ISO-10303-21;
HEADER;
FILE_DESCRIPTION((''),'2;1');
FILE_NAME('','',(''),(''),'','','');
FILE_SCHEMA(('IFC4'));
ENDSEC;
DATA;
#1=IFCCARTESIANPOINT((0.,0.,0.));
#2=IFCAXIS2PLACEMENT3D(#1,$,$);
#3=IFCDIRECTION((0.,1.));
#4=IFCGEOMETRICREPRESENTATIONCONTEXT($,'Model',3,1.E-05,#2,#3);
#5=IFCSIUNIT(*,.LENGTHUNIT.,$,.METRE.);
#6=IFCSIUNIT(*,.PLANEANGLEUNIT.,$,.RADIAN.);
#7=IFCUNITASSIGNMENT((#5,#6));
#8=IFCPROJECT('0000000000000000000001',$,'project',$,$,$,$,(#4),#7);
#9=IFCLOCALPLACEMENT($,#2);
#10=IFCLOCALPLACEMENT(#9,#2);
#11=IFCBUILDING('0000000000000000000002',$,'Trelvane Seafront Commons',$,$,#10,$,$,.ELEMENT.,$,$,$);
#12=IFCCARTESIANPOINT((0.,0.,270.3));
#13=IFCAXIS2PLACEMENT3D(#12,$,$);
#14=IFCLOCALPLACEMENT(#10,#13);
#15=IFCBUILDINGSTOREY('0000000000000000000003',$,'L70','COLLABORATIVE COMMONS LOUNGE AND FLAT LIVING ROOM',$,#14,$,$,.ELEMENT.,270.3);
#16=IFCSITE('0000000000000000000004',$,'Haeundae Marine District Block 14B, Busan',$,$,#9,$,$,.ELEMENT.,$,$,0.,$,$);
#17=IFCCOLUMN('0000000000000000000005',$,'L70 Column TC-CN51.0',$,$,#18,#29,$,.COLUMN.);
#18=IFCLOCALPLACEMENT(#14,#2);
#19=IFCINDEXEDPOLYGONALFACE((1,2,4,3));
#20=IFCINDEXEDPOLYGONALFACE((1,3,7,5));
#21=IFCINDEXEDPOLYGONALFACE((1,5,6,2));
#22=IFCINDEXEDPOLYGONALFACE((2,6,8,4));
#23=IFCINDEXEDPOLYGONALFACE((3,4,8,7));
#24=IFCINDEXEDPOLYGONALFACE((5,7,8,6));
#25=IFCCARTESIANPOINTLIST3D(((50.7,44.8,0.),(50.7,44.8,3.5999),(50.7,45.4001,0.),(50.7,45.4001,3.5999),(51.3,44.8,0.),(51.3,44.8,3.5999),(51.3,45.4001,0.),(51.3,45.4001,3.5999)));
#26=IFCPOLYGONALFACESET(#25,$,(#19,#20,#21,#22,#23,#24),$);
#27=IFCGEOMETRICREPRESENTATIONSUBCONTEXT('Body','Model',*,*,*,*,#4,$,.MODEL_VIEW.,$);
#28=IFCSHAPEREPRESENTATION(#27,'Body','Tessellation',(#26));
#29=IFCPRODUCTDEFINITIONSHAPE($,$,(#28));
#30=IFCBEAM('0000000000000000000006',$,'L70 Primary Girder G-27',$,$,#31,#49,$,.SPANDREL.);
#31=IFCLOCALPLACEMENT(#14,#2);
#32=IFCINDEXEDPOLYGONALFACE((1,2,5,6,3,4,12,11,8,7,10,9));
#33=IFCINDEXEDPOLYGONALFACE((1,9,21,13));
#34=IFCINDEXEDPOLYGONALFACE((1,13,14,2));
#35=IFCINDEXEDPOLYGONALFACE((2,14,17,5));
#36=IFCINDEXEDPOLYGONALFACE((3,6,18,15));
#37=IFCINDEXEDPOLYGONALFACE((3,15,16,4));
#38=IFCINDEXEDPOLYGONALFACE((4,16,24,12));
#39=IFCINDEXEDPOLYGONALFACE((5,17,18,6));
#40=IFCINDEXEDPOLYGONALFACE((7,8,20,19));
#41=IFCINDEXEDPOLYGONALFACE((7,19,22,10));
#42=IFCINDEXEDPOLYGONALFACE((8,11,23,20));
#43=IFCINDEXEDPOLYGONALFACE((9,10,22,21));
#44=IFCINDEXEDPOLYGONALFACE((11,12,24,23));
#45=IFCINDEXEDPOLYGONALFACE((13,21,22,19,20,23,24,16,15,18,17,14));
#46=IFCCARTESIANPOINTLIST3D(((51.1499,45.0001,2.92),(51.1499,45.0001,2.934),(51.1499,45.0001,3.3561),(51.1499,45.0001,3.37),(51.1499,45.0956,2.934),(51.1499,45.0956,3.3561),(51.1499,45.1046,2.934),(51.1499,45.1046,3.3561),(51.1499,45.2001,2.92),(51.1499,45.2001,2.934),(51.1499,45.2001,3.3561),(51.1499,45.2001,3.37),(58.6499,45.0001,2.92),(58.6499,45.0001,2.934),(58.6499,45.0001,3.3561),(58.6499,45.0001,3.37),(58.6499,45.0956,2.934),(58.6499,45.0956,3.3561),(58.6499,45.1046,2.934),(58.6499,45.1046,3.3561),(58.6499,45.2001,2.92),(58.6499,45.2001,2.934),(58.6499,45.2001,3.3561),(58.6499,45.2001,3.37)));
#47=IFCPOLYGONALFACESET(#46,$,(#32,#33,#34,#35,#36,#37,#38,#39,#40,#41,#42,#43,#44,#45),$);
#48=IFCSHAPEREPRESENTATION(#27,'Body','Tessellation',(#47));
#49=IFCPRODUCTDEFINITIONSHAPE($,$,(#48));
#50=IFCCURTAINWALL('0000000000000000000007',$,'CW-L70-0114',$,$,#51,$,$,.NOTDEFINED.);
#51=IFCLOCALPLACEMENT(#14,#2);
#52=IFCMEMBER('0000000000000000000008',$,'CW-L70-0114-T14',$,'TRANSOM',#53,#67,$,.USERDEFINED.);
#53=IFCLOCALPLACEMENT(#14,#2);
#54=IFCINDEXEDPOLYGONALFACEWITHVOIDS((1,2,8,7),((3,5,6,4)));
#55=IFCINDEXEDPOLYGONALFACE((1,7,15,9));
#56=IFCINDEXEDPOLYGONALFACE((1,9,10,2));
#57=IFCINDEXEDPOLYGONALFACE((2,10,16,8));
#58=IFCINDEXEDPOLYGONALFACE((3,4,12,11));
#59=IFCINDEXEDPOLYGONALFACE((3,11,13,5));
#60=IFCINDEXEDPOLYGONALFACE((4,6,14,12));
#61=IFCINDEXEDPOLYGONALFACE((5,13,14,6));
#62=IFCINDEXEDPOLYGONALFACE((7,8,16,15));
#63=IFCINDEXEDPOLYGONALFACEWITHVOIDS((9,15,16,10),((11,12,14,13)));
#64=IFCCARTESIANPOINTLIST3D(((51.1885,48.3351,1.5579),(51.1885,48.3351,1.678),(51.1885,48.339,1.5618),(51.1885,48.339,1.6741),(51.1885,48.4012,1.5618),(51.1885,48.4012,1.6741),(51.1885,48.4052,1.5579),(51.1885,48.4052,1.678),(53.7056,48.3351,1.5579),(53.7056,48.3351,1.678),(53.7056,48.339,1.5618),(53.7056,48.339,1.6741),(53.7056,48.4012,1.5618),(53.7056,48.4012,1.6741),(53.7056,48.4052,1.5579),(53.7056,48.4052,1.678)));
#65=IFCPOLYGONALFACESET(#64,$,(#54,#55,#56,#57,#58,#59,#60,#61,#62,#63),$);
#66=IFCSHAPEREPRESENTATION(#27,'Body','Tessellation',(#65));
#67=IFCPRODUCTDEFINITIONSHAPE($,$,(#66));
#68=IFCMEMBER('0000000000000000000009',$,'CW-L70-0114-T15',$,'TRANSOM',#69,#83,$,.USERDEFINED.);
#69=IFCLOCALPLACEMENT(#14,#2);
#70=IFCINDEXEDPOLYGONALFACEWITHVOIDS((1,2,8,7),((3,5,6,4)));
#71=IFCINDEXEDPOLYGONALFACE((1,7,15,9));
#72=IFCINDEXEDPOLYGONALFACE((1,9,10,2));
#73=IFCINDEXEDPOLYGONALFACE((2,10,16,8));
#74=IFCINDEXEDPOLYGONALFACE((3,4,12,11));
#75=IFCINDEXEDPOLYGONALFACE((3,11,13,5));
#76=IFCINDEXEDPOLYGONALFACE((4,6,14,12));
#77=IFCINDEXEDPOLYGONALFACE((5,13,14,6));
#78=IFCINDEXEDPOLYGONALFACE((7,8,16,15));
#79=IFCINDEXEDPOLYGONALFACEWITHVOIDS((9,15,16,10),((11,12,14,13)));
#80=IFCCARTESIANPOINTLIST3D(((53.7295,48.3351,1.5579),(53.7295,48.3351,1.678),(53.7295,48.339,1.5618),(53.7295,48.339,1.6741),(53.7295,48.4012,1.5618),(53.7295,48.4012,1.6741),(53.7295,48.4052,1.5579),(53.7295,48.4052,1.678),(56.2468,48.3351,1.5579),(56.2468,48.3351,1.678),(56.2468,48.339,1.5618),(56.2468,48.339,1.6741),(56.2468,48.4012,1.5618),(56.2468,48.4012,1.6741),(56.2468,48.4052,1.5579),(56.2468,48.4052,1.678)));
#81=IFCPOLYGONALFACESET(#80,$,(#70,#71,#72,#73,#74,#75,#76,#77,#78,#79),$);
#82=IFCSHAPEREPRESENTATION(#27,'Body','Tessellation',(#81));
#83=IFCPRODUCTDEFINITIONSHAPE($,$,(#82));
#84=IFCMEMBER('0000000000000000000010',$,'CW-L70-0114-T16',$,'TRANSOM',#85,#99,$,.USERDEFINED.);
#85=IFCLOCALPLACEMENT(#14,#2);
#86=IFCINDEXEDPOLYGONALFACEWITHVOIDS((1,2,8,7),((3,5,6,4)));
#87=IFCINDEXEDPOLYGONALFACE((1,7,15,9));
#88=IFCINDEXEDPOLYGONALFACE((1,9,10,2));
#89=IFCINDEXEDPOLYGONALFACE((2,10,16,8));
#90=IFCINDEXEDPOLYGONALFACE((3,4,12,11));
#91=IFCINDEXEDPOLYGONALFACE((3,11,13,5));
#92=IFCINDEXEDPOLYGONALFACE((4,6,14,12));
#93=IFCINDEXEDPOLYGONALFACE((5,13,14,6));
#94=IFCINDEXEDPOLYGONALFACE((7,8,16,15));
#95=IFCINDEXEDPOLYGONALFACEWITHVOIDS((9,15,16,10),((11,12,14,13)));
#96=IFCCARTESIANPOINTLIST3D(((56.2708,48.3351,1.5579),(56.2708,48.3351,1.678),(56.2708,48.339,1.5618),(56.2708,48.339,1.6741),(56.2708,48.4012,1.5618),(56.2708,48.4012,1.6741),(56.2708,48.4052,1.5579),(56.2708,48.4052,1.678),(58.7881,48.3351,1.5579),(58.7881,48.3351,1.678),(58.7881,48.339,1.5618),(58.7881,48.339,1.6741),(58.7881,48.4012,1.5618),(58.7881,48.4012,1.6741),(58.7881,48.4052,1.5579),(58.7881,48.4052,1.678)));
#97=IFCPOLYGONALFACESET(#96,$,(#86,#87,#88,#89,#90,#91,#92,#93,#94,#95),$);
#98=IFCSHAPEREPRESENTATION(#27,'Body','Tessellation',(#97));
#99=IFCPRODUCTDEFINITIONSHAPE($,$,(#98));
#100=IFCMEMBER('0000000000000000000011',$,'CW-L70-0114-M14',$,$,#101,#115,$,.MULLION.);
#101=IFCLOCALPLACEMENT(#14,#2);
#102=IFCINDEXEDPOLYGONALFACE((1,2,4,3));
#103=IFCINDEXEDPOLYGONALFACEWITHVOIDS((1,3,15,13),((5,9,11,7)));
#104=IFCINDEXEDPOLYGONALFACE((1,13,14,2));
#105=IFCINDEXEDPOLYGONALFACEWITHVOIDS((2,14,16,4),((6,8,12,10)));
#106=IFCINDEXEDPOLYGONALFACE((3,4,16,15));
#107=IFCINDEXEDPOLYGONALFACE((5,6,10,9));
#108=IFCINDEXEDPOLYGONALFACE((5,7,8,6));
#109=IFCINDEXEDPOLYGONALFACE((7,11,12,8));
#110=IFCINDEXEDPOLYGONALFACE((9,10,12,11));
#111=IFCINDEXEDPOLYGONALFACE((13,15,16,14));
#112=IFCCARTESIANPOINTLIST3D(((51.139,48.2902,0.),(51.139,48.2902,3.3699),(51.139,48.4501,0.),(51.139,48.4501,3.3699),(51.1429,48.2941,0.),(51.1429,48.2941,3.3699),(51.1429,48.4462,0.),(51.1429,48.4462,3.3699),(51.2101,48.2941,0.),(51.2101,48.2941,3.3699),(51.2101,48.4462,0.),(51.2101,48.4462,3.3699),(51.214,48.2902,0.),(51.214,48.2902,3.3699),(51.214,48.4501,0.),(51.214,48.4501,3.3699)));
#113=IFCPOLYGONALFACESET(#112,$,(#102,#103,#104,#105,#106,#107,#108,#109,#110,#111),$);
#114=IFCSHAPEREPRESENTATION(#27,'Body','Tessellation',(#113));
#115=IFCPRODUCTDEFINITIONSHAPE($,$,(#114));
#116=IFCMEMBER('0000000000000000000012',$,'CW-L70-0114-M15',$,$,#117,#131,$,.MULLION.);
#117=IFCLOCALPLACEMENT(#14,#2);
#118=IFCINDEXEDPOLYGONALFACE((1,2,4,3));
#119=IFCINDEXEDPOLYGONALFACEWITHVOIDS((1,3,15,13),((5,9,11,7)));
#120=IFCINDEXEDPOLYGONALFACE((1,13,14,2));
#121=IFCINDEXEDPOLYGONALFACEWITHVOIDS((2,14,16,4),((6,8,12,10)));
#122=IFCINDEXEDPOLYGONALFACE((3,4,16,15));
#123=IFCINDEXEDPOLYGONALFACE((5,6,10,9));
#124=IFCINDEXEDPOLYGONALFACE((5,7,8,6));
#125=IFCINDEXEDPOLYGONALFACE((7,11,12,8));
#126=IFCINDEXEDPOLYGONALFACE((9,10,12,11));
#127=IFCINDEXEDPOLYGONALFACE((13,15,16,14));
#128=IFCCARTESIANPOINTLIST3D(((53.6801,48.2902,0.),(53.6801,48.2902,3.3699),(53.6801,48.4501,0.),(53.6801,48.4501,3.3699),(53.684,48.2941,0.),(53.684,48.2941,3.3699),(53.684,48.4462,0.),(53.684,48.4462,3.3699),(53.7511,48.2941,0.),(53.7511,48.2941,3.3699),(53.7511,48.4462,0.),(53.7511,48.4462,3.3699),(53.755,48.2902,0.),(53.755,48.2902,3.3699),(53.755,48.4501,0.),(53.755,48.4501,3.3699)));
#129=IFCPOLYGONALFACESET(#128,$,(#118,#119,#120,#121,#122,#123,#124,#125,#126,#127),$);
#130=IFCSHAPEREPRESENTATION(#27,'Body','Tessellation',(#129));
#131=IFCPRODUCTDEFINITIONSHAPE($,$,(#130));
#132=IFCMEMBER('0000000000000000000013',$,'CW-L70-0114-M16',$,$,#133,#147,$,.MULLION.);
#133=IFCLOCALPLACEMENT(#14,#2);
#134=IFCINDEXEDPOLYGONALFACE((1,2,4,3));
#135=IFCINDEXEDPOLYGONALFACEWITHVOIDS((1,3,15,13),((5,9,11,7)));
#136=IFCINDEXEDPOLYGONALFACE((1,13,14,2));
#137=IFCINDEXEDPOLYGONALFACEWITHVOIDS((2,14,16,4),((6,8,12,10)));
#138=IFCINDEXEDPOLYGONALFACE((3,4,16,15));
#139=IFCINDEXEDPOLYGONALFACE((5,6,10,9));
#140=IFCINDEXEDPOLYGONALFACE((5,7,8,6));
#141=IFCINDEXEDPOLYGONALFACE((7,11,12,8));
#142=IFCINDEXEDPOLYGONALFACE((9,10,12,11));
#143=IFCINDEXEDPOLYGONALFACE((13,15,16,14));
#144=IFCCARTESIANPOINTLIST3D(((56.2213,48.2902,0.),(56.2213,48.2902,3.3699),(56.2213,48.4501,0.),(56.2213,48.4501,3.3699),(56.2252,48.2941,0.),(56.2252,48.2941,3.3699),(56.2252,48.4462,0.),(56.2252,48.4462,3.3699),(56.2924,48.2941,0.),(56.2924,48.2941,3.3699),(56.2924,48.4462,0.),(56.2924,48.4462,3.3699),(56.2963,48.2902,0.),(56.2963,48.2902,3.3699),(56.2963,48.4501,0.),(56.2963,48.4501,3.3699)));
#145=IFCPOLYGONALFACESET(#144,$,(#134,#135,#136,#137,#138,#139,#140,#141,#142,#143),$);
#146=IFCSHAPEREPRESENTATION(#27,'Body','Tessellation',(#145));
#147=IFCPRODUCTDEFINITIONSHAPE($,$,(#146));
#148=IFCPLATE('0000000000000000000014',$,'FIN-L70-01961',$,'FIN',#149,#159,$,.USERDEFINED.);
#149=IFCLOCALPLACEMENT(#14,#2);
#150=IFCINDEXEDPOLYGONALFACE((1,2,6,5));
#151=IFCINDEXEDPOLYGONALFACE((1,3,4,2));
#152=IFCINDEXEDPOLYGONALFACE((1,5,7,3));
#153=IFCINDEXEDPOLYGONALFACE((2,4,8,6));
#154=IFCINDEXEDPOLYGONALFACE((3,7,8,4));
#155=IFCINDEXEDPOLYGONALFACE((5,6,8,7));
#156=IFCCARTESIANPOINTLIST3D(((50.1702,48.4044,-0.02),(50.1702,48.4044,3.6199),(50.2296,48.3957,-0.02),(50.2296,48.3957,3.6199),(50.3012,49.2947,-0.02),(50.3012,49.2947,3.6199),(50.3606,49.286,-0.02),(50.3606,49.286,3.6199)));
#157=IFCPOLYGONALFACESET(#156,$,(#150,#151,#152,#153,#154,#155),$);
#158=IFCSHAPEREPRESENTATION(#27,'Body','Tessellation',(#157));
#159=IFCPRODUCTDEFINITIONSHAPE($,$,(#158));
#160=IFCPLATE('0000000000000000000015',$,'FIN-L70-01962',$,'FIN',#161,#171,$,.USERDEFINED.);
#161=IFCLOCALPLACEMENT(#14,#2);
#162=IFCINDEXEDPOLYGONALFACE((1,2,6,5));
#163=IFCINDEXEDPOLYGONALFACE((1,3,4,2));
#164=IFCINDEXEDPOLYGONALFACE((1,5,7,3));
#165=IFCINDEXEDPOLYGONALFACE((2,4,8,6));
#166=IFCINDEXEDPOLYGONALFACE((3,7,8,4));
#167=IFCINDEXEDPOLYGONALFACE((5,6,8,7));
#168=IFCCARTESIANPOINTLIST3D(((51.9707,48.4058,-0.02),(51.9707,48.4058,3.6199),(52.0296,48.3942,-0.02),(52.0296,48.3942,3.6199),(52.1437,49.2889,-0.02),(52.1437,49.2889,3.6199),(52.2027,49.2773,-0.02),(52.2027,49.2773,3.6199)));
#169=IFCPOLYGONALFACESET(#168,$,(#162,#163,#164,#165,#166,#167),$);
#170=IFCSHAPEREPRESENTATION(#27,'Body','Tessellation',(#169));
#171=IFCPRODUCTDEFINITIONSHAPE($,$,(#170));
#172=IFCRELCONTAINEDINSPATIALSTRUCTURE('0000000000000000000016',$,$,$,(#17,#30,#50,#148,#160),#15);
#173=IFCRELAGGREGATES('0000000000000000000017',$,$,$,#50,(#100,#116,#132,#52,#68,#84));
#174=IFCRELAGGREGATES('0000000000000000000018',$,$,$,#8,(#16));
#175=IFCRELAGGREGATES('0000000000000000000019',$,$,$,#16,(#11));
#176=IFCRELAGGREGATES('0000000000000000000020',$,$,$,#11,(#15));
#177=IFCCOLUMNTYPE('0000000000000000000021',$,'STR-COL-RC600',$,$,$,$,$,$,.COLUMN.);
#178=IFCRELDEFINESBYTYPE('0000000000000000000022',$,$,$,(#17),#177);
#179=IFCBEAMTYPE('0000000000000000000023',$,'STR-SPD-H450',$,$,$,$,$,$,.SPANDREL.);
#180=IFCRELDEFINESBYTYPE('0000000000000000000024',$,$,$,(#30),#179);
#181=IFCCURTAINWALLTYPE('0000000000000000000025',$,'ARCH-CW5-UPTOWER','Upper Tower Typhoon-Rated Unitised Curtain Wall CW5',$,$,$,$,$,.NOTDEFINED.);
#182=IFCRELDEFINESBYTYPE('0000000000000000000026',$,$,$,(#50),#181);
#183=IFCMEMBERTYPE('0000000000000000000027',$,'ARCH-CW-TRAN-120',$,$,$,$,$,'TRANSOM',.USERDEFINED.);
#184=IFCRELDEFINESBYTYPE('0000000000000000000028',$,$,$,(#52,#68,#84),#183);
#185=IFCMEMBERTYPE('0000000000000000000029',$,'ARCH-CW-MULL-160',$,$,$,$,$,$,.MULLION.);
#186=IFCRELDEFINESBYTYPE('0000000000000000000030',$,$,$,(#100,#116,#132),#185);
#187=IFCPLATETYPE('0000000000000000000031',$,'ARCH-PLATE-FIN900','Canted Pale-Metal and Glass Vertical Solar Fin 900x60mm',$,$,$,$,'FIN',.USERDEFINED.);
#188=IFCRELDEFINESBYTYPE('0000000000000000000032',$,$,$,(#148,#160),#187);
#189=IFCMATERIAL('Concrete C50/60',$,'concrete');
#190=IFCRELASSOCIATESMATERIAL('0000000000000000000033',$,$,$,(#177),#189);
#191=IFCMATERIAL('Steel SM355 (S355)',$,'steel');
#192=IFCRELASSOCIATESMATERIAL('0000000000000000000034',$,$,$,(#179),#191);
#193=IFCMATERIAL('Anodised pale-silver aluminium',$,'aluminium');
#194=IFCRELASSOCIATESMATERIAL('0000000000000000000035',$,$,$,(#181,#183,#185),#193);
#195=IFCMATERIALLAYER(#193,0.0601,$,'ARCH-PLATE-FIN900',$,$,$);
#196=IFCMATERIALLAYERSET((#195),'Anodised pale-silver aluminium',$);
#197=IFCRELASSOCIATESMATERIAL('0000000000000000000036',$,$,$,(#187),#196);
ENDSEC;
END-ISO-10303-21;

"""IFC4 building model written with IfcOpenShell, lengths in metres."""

from ifc_helpers import new_model, si_unit, direction, frame, origin, origin_2d, place, context, subcontext, project, spatial, rectangle, hollow_rectangle, i_section, extrude, source, transform, mapped, material, layer, layer_set, material_profile, profile_set, type_object, element, aggregate, save


model = new_model("IFC4")

# Units and contexts
model_context = context("Model", 3, precision=1e-05, world=origin(), true_north=direction((0.0, 1.0)))
body_context = subcontext(model_context, "Body", "Model", "MODEL_VIEW")
ifc_project = project(units=[si_unit("LENGTHUNIT", "METRE"), si_unit("PLANEANGLEUNIT", "RADIAN")], contexts=[model_context])

# Site, building, storey
site_placement = place(None, origin())
site = spatial("IfcSite", under=ifc_project, at=site_placement, Name="Haeundae Marine District Block 14B, Busan", CompositionType="ELEMENT", RefElevation=0.0)
building_placement = place(site_placement, origin())
building = spatial("IfcBuilding", under=site, at=building_placement, Name="Trelvane Seafront Commons", CompositionType="ELEMENT")
storey_placement = place(building_placement, frame((0.0, 0.0, 270.3)))
storey = spatial("IfcBuildingStorey", under=building, at=storey_placement, Name="L70", Description="COLLABORATIVE COMMONS LOUNGE AND FLAT LIVING ROOM", CompositionType="ELEMENT", Elevation=270.3)

# Column
ifc_material_1 = material(Name="Concrete C50/60", Category="concrete")
ifc_material_profile_1 = material_profile(ifc_material_1, rectangle(XDim=0.6001, YDim=0.6001, at=origin_2d()), Name="RC-600x600")
ifc_profile_set_1 = profile_set([ifc_material_profile_1], Name="Concrete C50/60")
column_type = type_object("IfcColumnType", Name="STR-COL-RC600", PredefinedType="COLUMN", material=ifc_profile_set_1)
shared_shape_1 = source(origin(), body_context, "Body", "SweptSolid", [
    extrude(rectangle(XDim=0.6001, YDim=0.6001, at=origin_2d()), origin(), (0.0, 0.0, 1.0), 3.5999),
])
column_placement = place(storey_placement, frame((51.0, 45.1001, 0.0), z_axis=(0.0, 0.0, 1.0), x_axis=(1.0, 0.0, 0.0)))
element("IfcColumn", 1, at=column_placement, inside=storey, type_object=column_type, Name="L70 Column TC-CN51.0", PredefinedType="COLUMN", context=body_context, shape_type="MappedRepresentation", body=[
    mapped(shared_shape_1, transform((0.0, 0.0, 0.0), x_axis=(1.0, 0.0, 0.0), y_axis=(0.0, 1.0, 0.0), z_axis=(0.0, 0.0, 1.0), scale=1.0)),
])

# Beam
ifc_material_2 = material(Name="Steel SM355 (S355)", Category="steel")
ifc_material_profile_2 = material_profile(ifc_material_2, i_section(OverallWidth=0.2, OverallDepth=0.45, WebThickness=0.009, FlangeThickness=0.0139, at=origin_2d()), Name="H-450x200x9x14")
ifc_profile_set_2 = profile_set([ifc_material_profile_2], Name="Steel SM355 (S355)")
beam_type = type_object("IfcBeamType", Name="STR-SPD-H450", PredefinedType="SPANDREL", material=ifc_profile_set_2)
shared_shape_2 = source(origin(), body_context, "Body", "SweptSolid", [
    extrude(i_section(OverallWidth=0.2, OverallDepth=0.45, WebThickness=0.009, FlangeThickness=0.0139, at=origin_2d()), origin(), (0.0, 0.0, 1.0), 7.5),
])
beam_placement = place(storey_placement, frame((51.1499, 45.1001, 3.145), z_axis=(1.0, 0.0, 0.0), x_axis=(0.0, 1.0, 0.0)))
element("IfcBeam", 2, at=beam_placement, inside=storey, type_object=beam_type, Name="L70 Primary Girder G-27", PredefinedType="SPANDREL", context=body_context, shape_type="MappedRepresentation", body=[
    mapped(shared_shape_2, transform((0.0, 0.0, 0.0), x_axis=(1.0, 0.0, 0.0), y_axis=(0.0, 1.0, 0.0), z_axis=(0.0, 0.0, 1.0), scale=1.0)),
])

# Curtain wall, members
ifc_material_3 = material(Name="Anodised pale-silver aluminium", Category="aluminium")
curtain_wall_type = type_object("IfcCurtainWallType", Name="ARCH-CW5-UPTOWER", Description="Upper Tower Typhoon-Rated Unitised Curtain Wall CW5", PredefinedType="NOTDEFINED", material=ifc_material_3)
curtain_wall_placement = place(storey_placement, origin())
curtain_wall = element("IfcCurtainWall", 3, at=curtain_wall_placement, inside=storey, type_object=curtain_wall_type, Name="CW-L70-0114", PredefinedType="NOTDEFINED")
ifc_material_profile_3 = material_profile(ifc_material_3, hollow_rectangle(XDim=0.0701, YDim=0.1201, WallThickness=0.0039, at=origin_2d()), Name="TRAN-70x120x4")
ifc_profile_set_3 = profile_set([ifc_material_profile_3], Name="Anodised pale-silver aluminium")
member_type_1 = type_object("IfcMemberType", Name="ARCH-CW-TRAN-120", ElementType="TRANSOM", PredefinedType="USERDEFINED", material=ifc_profile_set_3)
shared_shape_3 = source(origin(), body_context, "Body", "SweptSolid", [
    extrude(hollow_rectangle(XDim=0.0701, YDim=0.1201, WallThickness=0.0039, at=origin_2d()), origin(), (0.0, 0.0, 1.0), 2.5171),
])
member_1_placement = place(storey_placement, frame((51.1885, 48.3701, 1.6179), z_axis=(1.0, 0.0, 0.0), x_axis=(0.0, 1.0, 0.0)))
member_1 = element("IfcMember", 4, at=member_1_placement, type_object=member_type_1, Name="CW-L70-0114-T14", ObjectType="TRANSOM", PredefinedType="USERDEFINED", context=body_context, shape_type="MappedRepresentation", body=[
    mapped(shared_shape_3, transform((0.0, 0.0, 0.0), x_axis=(1.0, 0.0, 0.0), y_axis=(0.0, 1.0, 0.0), z_axis=(0.0, 0.0, 1.0), scale=1.0)),
])
shared_shape_4 = source(origin(), body_context, "Body", "SweptSolid", [
    extrude(hollow_rectangle(XDim=0.0701, YDim=0.1201, WallThickness=0.0039, at=origin_2d()), origin(), (0.0, 0.0, 1.0), 2.5173),
])
member_2_placement = place(storey_placement, frame((53.7295, 48.3701, 1.6179), z_axis=(1.0, 0.0, 0.0), x_axis=(0.0, 1.0, 0.0)))
member_2 = element("IfcMember", 5, at=member_2_placement, type_object=member_type_1, Name="CW-L70-0114-T15", ObjectType="TRANSOM", PredefinedType="USERDEFINED", context=body_context, shape_type="MappedRepresentation", body=[
    mapped(shared_shape_4, transform((0.0, 0.0, 0.0), x_axis=(1.0, 0.0, 0.0), y_axis=(0.0, 1.0, 0.0), z_axis=(0.0, 0.0, 1.0), scale=1.0)),
])
member_3_placement = place(storey_placement, frame((56.2708, 48.3701, 1.6179), z_axis=(1.0, 0.0, 0.0), x_axis=(0.0, 1.0, 0.0)))
member_3 = element("IfcMember", 6, at=member_3_placement, type_object=member_type_1, Name="CW-L70-0114-T16", ObjectType="TRANSOM", PredefinedType="USERDEFINED", context=body_context, shape_type="MappedRepresentation", body=[
    mapped(shared_shape_4, transform((0.0, 0.0, 0.0), x_axis=(1.0, 0.0, 0.0), y_axis=(0.0, 1.0, 0.0), z_axis=(0.0, 0.0, 1.0), scale=1.0)),
])
ifc_material_profile_4 = material_profile(ifc_material_3, hollow_rectangle(XDim=0.075, YDim=0.1599, WallThickness=0.0039, at=origin_2d()), Name="MULL-75x160x4")
ifc_profile_set_4 = profile_set([ifc_material_profile_4], Name="Anodised pale-silver aluminium")
member_type_2 = type_object("IfcMemberType", Name="ARCH-CW-MULL-160", PredefinedType="MULLION", material=ifc_profile_set_4)
shared_shape_5 = source(origin(), body_context, "Body", "SweptSolid", [
    extrude(hollow_rectangle(XDim=0.075, YDim=0.1599, WallThickness=0.0039, at=origin_2d()), origin(), (0.0, 0.0, 1.0), 3.3699),
])
member_4_placement = place(storey_placement, frame((51.1765, 48.3701, 0.0), z_axis=(0.0, 0.0, 1.0), x_axis=(1.0, 0.0, 0.0)))
member_4 = element("IfcMember", 7, at=member_4_placement, type_object=member_type_2, Name="CW-L70-0114-M14", PredefinedType="MULLION", context=body_context, shape_type="MappedRepresentation", body=[
    mapped(shared_shape_5, transform((0.0, 0.0, 0.0), x_axis=(1.0, 0.0, 0.0), y_axis=(0.0, 1.0, 0.0), z_axis=(0.0, 0.0, 1.0), scale=1.0)),
])
member_5_placement = place(storey_placement, frame((53.7175, 48.3701, 0.0), z_axis=(0.0, 0.0, 1.0), x_axis=(1.0, 0.0, 0.0)))
member_5 = element("IfcMember", 8, at=member_5_placement, type_object=member_type_2, Name="CW-L70-0114-M15", PredefinedType="MULLION", context=body_context, shape_type="MappedRepresentation", body=[
    mapped(shared_shape_5, transform((0.0, 0.0, 0.0), x_axis=(1.0, 0.0, 0.0), y_axis=(0.0, 1.0, 0.0), z_axis=(0.0, 0.0, 1.0), scale=1.0)),
])
member_6_placement = place(storey_placement, frame((56.2588, 48.3701, 0.0), z_axis=(0.0, 0.0, 1.0), x_axis=(1.0, 0.0, 0.0)))
member_6 = element("IfcMember", 9, at=member_6_placement, type_object=member_type_2, Name="CW-L70-0114-M16", PredefinedType="MULLION", context=body_context, shape_type="MappedRepresentation", body=[
    mapped(shared_shape_5, transform((0.0, 0.0, 0.0), x_axis=(1.0, 0.0, 0.0), y_axis=(0.0, 1.0, 0.0), z_axis=(0.0, 0.0, 1.0), scale=1.0)),
])

# Plates
ifc_layer_1 = layer(ifc_material_3, 0.0601, Name="ARCH-PLATE-FIN900")
ifc_layer_set_1 = layer_set([ifc_layer_1], Name="Anodised pale-silver aluminium")
plate_type_1 = type_object("IfcPlateType", Name="ARCH-PLATE-FIN900", Description="Canted Pale-Metal and Glass Vertical Solar Fin 900x60mm", ElementType="FIN", PredefinedType="USERDEFINED", material=ifc_layer_set_1)
shared_shape_6 = source(origin(), body_context, "Body", "SweptSolid", [
    extrude(rectangle(XDim=0.8999, YDim=0.0601, at=origin_2d()), origin(), (0.0, 0.0, 1.0), 3.6399),
])
for number, where, z_axis, x_axis, name in (
    (10, (50.2654, 48.8452, -0.02), (0.0, 0.0, 1.0), (0.145558, 0.98935, 0.0), "FIN-L70-01961"),
    (11, (52.0867, 48.8416, -0.02), (0.0, 0.0, 1.0), (0.192332, 0.98133, 0.0), "FIN-L70-01962"),
):
    element("IfcPlate", number, at=place(storey_placement, frame(where, z_axis=z_axis, x_axis=x_axis)), inside=storey, type_object=plate_type_1, Name=name, ObjectType="FIN", PredefinedType="USERDEFINED", context=body_context, shape_type="MappedRepresentation", body=[
        mapped(shared_shape_6, transform((0.0, 0.0, 0.0), x_axis=(1.0, 0.0, 0.0), y_axis=(0.0, 1.0, 0.0), z_axis=(0.0, 0.0, 1.0), scale=1.0)),
    ])

aggregate(curtain_wall, [member_4, member_5, member_6, member_1, member_2, member_3])

save(model, "model.ifc")
